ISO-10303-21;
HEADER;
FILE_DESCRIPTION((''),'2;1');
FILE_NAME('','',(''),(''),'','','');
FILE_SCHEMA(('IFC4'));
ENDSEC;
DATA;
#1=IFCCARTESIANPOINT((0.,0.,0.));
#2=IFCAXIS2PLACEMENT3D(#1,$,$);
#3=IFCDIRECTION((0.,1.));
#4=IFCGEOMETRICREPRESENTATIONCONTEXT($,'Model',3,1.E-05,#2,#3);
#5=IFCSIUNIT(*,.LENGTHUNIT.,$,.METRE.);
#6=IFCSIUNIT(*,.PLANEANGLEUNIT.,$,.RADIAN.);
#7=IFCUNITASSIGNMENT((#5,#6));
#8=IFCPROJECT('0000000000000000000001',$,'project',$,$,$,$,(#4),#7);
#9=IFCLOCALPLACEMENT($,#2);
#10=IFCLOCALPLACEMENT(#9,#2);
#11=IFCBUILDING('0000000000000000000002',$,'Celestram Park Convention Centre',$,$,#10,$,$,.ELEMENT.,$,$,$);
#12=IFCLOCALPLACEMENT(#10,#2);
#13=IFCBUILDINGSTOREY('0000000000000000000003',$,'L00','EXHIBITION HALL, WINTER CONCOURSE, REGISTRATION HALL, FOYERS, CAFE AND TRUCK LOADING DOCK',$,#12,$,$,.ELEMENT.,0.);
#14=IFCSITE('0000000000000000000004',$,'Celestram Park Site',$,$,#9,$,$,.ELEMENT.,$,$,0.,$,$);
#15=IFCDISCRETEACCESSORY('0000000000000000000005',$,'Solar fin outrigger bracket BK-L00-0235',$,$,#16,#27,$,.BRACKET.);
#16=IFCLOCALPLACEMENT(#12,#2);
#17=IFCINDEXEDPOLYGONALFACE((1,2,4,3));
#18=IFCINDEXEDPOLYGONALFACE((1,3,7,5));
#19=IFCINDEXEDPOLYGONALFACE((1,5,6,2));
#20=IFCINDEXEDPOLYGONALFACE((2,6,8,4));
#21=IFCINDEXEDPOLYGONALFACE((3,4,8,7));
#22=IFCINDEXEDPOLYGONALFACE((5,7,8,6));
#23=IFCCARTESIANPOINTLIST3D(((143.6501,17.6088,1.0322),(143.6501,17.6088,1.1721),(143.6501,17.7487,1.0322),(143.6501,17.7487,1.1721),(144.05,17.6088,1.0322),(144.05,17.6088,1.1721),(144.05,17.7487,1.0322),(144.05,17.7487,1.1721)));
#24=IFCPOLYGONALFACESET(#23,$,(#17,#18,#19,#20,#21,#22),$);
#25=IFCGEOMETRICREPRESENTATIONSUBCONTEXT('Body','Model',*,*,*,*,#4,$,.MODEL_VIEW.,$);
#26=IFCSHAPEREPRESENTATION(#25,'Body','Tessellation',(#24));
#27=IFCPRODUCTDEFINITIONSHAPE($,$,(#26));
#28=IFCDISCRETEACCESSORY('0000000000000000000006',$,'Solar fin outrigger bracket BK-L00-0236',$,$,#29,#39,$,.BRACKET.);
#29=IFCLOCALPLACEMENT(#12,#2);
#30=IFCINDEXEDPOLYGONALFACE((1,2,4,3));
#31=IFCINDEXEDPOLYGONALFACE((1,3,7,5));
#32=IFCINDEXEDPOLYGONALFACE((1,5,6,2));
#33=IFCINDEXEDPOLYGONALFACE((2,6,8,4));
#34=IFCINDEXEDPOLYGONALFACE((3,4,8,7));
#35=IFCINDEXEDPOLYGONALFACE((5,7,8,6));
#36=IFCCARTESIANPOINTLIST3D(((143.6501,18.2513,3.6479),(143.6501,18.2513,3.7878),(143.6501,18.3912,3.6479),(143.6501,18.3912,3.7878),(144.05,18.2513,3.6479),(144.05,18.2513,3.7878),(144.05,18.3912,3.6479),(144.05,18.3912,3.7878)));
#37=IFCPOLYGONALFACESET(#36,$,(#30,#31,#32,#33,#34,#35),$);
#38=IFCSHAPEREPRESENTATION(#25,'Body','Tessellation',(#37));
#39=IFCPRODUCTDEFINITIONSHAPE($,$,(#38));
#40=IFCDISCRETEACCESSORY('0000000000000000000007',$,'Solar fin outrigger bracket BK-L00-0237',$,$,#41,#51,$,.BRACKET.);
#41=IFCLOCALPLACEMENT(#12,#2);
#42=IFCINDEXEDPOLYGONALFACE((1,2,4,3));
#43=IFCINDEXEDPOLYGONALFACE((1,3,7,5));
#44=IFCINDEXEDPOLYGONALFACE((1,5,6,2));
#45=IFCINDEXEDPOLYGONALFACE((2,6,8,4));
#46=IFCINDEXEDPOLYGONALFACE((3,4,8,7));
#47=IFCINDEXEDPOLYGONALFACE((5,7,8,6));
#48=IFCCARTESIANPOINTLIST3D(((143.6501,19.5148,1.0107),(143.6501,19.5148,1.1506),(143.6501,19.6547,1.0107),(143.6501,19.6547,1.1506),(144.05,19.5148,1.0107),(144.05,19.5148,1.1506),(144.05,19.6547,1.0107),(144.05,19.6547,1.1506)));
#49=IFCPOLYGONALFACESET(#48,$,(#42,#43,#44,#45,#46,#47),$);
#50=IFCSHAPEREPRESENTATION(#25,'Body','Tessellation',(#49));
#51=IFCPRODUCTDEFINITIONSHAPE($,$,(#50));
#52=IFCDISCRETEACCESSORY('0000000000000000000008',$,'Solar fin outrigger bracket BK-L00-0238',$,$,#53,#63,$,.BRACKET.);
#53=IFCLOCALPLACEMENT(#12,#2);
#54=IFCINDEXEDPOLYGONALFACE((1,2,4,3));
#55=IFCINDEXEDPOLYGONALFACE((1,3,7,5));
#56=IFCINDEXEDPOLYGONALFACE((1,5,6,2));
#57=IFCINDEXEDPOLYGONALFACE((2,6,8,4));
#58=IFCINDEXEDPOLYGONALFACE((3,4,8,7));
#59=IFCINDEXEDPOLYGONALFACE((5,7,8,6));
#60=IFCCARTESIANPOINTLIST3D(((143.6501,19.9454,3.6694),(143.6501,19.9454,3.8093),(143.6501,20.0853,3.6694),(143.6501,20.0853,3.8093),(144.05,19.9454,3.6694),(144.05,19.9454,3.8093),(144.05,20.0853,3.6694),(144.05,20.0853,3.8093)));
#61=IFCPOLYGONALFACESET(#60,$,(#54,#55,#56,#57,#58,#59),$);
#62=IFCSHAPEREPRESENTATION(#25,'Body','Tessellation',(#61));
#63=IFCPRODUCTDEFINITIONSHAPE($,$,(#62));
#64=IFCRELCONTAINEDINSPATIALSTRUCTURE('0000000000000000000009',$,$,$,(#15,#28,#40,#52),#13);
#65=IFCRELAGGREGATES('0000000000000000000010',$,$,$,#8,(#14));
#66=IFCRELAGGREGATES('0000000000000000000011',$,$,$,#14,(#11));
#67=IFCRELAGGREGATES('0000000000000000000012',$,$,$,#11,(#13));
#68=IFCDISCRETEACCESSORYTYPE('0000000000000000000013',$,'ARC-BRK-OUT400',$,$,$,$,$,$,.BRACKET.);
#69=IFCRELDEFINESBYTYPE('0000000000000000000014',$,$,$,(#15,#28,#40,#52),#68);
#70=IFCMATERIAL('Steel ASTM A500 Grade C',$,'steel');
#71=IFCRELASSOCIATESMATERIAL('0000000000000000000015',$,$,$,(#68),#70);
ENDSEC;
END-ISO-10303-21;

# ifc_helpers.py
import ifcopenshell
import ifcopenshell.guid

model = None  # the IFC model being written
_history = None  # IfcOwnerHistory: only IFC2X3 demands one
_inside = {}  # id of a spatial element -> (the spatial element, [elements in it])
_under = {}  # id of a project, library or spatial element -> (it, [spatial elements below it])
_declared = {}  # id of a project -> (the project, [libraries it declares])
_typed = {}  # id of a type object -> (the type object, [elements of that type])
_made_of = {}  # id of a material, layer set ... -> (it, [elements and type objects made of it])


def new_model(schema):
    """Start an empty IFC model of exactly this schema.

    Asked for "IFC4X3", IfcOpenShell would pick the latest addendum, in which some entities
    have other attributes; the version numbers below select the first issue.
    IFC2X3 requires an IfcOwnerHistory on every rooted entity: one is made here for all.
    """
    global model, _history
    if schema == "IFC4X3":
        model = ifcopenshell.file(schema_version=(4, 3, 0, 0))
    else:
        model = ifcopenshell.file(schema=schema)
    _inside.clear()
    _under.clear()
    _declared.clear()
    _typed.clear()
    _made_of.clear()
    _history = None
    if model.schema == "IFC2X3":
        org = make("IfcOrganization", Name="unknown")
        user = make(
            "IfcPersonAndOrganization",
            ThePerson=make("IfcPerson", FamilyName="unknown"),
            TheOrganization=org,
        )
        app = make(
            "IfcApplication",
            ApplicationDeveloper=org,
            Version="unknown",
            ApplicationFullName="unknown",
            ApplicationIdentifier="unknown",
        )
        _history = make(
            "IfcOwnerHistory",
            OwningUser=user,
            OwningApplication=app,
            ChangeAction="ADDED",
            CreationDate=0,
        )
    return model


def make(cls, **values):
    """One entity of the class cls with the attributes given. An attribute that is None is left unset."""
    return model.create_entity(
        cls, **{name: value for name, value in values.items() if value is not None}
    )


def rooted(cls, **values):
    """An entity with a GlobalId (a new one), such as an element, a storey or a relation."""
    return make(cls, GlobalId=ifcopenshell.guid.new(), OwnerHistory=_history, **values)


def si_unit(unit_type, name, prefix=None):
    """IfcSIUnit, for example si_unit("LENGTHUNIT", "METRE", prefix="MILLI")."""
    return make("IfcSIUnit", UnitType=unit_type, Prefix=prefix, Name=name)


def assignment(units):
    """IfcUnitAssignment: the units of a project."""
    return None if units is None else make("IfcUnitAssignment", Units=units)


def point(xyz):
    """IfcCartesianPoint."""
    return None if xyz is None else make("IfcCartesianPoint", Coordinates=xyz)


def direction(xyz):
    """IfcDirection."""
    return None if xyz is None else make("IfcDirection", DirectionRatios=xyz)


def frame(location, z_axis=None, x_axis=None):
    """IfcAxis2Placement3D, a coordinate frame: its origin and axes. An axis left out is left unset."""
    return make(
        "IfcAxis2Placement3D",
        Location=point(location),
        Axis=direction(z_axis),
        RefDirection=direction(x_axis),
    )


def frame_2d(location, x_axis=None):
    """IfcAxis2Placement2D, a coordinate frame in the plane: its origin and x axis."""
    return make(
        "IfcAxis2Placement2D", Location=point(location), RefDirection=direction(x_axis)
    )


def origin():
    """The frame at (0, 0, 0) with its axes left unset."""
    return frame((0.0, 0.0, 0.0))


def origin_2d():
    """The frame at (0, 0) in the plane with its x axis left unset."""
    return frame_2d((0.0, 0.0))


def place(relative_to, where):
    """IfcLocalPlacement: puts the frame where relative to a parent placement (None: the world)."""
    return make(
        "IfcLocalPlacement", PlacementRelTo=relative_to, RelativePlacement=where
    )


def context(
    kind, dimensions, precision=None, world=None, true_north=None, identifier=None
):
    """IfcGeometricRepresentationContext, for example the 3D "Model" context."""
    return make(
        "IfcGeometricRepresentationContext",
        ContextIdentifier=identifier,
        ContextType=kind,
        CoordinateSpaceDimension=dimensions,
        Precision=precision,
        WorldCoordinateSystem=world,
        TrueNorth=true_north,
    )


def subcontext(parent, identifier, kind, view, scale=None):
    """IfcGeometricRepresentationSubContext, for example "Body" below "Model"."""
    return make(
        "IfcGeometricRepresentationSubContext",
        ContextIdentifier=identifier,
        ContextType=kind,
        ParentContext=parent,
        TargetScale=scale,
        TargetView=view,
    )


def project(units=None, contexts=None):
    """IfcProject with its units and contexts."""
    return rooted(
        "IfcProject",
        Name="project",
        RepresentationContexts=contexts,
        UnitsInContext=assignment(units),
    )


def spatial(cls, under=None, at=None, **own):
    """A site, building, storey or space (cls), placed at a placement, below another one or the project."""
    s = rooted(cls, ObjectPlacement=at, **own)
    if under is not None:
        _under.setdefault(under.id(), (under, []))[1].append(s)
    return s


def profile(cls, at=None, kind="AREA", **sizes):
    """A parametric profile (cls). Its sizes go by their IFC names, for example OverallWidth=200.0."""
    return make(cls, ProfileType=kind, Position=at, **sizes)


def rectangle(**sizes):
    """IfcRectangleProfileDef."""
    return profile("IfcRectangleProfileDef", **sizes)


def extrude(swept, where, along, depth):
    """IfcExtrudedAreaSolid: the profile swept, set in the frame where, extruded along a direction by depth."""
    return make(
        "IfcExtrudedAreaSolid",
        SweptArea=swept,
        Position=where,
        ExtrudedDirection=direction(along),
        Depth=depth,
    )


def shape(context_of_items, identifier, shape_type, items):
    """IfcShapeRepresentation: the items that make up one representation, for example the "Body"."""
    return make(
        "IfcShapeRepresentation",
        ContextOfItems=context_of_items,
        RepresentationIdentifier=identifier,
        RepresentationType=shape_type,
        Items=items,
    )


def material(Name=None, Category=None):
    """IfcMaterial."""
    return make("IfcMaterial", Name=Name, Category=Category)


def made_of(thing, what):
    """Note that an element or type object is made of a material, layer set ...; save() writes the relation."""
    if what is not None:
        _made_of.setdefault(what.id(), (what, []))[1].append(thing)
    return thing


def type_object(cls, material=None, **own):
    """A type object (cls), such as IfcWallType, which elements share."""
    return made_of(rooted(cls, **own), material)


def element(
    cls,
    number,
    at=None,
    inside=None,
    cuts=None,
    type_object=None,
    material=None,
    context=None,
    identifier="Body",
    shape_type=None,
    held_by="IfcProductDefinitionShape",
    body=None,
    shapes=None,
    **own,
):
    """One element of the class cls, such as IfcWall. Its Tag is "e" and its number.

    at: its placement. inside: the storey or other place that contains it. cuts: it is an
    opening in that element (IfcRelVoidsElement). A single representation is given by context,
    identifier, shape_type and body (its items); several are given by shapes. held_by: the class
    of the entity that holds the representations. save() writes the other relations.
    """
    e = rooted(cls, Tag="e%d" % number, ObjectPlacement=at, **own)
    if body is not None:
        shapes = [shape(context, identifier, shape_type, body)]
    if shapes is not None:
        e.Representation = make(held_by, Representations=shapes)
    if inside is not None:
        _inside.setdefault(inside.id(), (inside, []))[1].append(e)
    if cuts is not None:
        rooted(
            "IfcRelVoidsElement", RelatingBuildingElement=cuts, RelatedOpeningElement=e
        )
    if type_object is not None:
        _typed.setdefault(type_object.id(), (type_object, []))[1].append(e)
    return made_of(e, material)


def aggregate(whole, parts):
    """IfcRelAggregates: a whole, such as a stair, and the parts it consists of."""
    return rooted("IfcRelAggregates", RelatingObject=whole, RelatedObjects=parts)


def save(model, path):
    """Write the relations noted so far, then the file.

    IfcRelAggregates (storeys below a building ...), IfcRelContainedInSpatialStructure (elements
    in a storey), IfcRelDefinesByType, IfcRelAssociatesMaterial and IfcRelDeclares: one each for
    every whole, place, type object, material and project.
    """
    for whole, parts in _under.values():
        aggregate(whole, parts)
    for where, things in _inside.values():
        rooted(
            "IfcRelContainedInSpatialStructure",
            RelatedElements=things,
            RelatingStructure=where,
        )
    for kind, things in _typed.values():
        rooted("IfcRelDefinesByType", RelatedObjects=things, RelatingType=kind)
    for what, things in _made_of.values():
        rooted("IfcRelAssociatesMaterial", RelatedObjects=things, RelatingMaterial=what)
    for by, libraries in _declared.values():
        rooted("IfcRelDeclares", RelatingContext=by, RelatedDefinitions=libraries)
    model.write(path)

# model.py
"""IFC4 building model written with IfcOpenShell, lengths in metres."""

from ifc_helpers import new_model, si_unit, direction, frame, origin, origin_2d, place, context, subcontext, project, spatial, rectangle, extrude, material, type_object, element, save


model = new_model("IFC4")

# Units and contexts
model_context = context("Model", 3, precision=1e-05, world=origin(), true_north=direction((0.0, 1.0)))
body_context = subcontext(model_context, "Body", "Model", "MODEL_VIEW")
ifc_project = project(units=[si_unit("LENGTHUNIT", "METRE"), si_unit("PLANEANGLEUNIT", "RADIAN")], contexts=[model_context])

# Site, building, storey
site_placement = place(None, origin())
site = spatial("IfcSite", under=ifc_project, at=site_placement, Name="Celestram Park Site", CompositionType="ELEMENT", RefElevation=0.0)
building_placement = place(site_placement, origin())
building = spatial("IfcBuilding", under=site, at=building_placement, Name="Celestram Park Convention Centre", CompositionType="ELEMENT")
storey_placement = place(building_placement, origin())
storey = spatial("IfcBuildingStorey", under=building, at=storey_placement, Name="L00", Description="EXHIBITION HALL, WINTER CONCOURSE, REGISTRATION HALL, FOYERS, CAFE AND TRUCK LOADING DOCK", CompositionType="ELEMENT", Elevation=0.0)

# Discrete accessories
ifc_material_1 = material(Name="Steel ASTM A500 Grade C", Category="steel")
discrete_accessory_type = type_object("IfcDiscreteAccessoryType", Name="ARC-BRK-OUT400", PredefinedType="BRACKET", material=ifc_material_1)
for number, where, z_axis, x_axis, name in (
    (1, (143.8501, 17.6787, 1.0322), (0.0, 0.0, 1.0), (-1.0, 0.0, 0.0), "Solar fin outrigger bracket BK-L00-0235"),
    (2, (143.8501, 18.3213, 3.6479), (0.0, 0.0, 1.0), (-1.0, 0.0, 0.0), "Solar fin outrigger bracket BK-L00-0236"),
    (3, (143.8501, 19.5847, 1.0107), (0.0, 0.0, 1.0), (-1.0, 0.0, 0.0), "Solar fin outrigger bracket BK-L00-0237"),
    (4, (143.8501, 20.0154, 3.6694), (0.0, 0.0, 1.0), (-1.0, 0.0, 0.0), "Solar fin outrigger bracket BK-L00-0238"),
):
    element("IfcDiscreteAccessory", number, at=place(storey_placement, frame(where, z_axis=z_axis, x_axis=x_axis)), inside=storey, type_object=discrete_accessory_type, Name=name, PredefinedType="BRACKET", context=body_context, shape_type="SweptSolid", body=[
        extrude(rectangle(XDim=0.3999, YDim=0.1399, at=origin_2d()), origin(), (0.0, 0.0, 1.0), 0.1399),
    ])

save(model, "model.ifc")
